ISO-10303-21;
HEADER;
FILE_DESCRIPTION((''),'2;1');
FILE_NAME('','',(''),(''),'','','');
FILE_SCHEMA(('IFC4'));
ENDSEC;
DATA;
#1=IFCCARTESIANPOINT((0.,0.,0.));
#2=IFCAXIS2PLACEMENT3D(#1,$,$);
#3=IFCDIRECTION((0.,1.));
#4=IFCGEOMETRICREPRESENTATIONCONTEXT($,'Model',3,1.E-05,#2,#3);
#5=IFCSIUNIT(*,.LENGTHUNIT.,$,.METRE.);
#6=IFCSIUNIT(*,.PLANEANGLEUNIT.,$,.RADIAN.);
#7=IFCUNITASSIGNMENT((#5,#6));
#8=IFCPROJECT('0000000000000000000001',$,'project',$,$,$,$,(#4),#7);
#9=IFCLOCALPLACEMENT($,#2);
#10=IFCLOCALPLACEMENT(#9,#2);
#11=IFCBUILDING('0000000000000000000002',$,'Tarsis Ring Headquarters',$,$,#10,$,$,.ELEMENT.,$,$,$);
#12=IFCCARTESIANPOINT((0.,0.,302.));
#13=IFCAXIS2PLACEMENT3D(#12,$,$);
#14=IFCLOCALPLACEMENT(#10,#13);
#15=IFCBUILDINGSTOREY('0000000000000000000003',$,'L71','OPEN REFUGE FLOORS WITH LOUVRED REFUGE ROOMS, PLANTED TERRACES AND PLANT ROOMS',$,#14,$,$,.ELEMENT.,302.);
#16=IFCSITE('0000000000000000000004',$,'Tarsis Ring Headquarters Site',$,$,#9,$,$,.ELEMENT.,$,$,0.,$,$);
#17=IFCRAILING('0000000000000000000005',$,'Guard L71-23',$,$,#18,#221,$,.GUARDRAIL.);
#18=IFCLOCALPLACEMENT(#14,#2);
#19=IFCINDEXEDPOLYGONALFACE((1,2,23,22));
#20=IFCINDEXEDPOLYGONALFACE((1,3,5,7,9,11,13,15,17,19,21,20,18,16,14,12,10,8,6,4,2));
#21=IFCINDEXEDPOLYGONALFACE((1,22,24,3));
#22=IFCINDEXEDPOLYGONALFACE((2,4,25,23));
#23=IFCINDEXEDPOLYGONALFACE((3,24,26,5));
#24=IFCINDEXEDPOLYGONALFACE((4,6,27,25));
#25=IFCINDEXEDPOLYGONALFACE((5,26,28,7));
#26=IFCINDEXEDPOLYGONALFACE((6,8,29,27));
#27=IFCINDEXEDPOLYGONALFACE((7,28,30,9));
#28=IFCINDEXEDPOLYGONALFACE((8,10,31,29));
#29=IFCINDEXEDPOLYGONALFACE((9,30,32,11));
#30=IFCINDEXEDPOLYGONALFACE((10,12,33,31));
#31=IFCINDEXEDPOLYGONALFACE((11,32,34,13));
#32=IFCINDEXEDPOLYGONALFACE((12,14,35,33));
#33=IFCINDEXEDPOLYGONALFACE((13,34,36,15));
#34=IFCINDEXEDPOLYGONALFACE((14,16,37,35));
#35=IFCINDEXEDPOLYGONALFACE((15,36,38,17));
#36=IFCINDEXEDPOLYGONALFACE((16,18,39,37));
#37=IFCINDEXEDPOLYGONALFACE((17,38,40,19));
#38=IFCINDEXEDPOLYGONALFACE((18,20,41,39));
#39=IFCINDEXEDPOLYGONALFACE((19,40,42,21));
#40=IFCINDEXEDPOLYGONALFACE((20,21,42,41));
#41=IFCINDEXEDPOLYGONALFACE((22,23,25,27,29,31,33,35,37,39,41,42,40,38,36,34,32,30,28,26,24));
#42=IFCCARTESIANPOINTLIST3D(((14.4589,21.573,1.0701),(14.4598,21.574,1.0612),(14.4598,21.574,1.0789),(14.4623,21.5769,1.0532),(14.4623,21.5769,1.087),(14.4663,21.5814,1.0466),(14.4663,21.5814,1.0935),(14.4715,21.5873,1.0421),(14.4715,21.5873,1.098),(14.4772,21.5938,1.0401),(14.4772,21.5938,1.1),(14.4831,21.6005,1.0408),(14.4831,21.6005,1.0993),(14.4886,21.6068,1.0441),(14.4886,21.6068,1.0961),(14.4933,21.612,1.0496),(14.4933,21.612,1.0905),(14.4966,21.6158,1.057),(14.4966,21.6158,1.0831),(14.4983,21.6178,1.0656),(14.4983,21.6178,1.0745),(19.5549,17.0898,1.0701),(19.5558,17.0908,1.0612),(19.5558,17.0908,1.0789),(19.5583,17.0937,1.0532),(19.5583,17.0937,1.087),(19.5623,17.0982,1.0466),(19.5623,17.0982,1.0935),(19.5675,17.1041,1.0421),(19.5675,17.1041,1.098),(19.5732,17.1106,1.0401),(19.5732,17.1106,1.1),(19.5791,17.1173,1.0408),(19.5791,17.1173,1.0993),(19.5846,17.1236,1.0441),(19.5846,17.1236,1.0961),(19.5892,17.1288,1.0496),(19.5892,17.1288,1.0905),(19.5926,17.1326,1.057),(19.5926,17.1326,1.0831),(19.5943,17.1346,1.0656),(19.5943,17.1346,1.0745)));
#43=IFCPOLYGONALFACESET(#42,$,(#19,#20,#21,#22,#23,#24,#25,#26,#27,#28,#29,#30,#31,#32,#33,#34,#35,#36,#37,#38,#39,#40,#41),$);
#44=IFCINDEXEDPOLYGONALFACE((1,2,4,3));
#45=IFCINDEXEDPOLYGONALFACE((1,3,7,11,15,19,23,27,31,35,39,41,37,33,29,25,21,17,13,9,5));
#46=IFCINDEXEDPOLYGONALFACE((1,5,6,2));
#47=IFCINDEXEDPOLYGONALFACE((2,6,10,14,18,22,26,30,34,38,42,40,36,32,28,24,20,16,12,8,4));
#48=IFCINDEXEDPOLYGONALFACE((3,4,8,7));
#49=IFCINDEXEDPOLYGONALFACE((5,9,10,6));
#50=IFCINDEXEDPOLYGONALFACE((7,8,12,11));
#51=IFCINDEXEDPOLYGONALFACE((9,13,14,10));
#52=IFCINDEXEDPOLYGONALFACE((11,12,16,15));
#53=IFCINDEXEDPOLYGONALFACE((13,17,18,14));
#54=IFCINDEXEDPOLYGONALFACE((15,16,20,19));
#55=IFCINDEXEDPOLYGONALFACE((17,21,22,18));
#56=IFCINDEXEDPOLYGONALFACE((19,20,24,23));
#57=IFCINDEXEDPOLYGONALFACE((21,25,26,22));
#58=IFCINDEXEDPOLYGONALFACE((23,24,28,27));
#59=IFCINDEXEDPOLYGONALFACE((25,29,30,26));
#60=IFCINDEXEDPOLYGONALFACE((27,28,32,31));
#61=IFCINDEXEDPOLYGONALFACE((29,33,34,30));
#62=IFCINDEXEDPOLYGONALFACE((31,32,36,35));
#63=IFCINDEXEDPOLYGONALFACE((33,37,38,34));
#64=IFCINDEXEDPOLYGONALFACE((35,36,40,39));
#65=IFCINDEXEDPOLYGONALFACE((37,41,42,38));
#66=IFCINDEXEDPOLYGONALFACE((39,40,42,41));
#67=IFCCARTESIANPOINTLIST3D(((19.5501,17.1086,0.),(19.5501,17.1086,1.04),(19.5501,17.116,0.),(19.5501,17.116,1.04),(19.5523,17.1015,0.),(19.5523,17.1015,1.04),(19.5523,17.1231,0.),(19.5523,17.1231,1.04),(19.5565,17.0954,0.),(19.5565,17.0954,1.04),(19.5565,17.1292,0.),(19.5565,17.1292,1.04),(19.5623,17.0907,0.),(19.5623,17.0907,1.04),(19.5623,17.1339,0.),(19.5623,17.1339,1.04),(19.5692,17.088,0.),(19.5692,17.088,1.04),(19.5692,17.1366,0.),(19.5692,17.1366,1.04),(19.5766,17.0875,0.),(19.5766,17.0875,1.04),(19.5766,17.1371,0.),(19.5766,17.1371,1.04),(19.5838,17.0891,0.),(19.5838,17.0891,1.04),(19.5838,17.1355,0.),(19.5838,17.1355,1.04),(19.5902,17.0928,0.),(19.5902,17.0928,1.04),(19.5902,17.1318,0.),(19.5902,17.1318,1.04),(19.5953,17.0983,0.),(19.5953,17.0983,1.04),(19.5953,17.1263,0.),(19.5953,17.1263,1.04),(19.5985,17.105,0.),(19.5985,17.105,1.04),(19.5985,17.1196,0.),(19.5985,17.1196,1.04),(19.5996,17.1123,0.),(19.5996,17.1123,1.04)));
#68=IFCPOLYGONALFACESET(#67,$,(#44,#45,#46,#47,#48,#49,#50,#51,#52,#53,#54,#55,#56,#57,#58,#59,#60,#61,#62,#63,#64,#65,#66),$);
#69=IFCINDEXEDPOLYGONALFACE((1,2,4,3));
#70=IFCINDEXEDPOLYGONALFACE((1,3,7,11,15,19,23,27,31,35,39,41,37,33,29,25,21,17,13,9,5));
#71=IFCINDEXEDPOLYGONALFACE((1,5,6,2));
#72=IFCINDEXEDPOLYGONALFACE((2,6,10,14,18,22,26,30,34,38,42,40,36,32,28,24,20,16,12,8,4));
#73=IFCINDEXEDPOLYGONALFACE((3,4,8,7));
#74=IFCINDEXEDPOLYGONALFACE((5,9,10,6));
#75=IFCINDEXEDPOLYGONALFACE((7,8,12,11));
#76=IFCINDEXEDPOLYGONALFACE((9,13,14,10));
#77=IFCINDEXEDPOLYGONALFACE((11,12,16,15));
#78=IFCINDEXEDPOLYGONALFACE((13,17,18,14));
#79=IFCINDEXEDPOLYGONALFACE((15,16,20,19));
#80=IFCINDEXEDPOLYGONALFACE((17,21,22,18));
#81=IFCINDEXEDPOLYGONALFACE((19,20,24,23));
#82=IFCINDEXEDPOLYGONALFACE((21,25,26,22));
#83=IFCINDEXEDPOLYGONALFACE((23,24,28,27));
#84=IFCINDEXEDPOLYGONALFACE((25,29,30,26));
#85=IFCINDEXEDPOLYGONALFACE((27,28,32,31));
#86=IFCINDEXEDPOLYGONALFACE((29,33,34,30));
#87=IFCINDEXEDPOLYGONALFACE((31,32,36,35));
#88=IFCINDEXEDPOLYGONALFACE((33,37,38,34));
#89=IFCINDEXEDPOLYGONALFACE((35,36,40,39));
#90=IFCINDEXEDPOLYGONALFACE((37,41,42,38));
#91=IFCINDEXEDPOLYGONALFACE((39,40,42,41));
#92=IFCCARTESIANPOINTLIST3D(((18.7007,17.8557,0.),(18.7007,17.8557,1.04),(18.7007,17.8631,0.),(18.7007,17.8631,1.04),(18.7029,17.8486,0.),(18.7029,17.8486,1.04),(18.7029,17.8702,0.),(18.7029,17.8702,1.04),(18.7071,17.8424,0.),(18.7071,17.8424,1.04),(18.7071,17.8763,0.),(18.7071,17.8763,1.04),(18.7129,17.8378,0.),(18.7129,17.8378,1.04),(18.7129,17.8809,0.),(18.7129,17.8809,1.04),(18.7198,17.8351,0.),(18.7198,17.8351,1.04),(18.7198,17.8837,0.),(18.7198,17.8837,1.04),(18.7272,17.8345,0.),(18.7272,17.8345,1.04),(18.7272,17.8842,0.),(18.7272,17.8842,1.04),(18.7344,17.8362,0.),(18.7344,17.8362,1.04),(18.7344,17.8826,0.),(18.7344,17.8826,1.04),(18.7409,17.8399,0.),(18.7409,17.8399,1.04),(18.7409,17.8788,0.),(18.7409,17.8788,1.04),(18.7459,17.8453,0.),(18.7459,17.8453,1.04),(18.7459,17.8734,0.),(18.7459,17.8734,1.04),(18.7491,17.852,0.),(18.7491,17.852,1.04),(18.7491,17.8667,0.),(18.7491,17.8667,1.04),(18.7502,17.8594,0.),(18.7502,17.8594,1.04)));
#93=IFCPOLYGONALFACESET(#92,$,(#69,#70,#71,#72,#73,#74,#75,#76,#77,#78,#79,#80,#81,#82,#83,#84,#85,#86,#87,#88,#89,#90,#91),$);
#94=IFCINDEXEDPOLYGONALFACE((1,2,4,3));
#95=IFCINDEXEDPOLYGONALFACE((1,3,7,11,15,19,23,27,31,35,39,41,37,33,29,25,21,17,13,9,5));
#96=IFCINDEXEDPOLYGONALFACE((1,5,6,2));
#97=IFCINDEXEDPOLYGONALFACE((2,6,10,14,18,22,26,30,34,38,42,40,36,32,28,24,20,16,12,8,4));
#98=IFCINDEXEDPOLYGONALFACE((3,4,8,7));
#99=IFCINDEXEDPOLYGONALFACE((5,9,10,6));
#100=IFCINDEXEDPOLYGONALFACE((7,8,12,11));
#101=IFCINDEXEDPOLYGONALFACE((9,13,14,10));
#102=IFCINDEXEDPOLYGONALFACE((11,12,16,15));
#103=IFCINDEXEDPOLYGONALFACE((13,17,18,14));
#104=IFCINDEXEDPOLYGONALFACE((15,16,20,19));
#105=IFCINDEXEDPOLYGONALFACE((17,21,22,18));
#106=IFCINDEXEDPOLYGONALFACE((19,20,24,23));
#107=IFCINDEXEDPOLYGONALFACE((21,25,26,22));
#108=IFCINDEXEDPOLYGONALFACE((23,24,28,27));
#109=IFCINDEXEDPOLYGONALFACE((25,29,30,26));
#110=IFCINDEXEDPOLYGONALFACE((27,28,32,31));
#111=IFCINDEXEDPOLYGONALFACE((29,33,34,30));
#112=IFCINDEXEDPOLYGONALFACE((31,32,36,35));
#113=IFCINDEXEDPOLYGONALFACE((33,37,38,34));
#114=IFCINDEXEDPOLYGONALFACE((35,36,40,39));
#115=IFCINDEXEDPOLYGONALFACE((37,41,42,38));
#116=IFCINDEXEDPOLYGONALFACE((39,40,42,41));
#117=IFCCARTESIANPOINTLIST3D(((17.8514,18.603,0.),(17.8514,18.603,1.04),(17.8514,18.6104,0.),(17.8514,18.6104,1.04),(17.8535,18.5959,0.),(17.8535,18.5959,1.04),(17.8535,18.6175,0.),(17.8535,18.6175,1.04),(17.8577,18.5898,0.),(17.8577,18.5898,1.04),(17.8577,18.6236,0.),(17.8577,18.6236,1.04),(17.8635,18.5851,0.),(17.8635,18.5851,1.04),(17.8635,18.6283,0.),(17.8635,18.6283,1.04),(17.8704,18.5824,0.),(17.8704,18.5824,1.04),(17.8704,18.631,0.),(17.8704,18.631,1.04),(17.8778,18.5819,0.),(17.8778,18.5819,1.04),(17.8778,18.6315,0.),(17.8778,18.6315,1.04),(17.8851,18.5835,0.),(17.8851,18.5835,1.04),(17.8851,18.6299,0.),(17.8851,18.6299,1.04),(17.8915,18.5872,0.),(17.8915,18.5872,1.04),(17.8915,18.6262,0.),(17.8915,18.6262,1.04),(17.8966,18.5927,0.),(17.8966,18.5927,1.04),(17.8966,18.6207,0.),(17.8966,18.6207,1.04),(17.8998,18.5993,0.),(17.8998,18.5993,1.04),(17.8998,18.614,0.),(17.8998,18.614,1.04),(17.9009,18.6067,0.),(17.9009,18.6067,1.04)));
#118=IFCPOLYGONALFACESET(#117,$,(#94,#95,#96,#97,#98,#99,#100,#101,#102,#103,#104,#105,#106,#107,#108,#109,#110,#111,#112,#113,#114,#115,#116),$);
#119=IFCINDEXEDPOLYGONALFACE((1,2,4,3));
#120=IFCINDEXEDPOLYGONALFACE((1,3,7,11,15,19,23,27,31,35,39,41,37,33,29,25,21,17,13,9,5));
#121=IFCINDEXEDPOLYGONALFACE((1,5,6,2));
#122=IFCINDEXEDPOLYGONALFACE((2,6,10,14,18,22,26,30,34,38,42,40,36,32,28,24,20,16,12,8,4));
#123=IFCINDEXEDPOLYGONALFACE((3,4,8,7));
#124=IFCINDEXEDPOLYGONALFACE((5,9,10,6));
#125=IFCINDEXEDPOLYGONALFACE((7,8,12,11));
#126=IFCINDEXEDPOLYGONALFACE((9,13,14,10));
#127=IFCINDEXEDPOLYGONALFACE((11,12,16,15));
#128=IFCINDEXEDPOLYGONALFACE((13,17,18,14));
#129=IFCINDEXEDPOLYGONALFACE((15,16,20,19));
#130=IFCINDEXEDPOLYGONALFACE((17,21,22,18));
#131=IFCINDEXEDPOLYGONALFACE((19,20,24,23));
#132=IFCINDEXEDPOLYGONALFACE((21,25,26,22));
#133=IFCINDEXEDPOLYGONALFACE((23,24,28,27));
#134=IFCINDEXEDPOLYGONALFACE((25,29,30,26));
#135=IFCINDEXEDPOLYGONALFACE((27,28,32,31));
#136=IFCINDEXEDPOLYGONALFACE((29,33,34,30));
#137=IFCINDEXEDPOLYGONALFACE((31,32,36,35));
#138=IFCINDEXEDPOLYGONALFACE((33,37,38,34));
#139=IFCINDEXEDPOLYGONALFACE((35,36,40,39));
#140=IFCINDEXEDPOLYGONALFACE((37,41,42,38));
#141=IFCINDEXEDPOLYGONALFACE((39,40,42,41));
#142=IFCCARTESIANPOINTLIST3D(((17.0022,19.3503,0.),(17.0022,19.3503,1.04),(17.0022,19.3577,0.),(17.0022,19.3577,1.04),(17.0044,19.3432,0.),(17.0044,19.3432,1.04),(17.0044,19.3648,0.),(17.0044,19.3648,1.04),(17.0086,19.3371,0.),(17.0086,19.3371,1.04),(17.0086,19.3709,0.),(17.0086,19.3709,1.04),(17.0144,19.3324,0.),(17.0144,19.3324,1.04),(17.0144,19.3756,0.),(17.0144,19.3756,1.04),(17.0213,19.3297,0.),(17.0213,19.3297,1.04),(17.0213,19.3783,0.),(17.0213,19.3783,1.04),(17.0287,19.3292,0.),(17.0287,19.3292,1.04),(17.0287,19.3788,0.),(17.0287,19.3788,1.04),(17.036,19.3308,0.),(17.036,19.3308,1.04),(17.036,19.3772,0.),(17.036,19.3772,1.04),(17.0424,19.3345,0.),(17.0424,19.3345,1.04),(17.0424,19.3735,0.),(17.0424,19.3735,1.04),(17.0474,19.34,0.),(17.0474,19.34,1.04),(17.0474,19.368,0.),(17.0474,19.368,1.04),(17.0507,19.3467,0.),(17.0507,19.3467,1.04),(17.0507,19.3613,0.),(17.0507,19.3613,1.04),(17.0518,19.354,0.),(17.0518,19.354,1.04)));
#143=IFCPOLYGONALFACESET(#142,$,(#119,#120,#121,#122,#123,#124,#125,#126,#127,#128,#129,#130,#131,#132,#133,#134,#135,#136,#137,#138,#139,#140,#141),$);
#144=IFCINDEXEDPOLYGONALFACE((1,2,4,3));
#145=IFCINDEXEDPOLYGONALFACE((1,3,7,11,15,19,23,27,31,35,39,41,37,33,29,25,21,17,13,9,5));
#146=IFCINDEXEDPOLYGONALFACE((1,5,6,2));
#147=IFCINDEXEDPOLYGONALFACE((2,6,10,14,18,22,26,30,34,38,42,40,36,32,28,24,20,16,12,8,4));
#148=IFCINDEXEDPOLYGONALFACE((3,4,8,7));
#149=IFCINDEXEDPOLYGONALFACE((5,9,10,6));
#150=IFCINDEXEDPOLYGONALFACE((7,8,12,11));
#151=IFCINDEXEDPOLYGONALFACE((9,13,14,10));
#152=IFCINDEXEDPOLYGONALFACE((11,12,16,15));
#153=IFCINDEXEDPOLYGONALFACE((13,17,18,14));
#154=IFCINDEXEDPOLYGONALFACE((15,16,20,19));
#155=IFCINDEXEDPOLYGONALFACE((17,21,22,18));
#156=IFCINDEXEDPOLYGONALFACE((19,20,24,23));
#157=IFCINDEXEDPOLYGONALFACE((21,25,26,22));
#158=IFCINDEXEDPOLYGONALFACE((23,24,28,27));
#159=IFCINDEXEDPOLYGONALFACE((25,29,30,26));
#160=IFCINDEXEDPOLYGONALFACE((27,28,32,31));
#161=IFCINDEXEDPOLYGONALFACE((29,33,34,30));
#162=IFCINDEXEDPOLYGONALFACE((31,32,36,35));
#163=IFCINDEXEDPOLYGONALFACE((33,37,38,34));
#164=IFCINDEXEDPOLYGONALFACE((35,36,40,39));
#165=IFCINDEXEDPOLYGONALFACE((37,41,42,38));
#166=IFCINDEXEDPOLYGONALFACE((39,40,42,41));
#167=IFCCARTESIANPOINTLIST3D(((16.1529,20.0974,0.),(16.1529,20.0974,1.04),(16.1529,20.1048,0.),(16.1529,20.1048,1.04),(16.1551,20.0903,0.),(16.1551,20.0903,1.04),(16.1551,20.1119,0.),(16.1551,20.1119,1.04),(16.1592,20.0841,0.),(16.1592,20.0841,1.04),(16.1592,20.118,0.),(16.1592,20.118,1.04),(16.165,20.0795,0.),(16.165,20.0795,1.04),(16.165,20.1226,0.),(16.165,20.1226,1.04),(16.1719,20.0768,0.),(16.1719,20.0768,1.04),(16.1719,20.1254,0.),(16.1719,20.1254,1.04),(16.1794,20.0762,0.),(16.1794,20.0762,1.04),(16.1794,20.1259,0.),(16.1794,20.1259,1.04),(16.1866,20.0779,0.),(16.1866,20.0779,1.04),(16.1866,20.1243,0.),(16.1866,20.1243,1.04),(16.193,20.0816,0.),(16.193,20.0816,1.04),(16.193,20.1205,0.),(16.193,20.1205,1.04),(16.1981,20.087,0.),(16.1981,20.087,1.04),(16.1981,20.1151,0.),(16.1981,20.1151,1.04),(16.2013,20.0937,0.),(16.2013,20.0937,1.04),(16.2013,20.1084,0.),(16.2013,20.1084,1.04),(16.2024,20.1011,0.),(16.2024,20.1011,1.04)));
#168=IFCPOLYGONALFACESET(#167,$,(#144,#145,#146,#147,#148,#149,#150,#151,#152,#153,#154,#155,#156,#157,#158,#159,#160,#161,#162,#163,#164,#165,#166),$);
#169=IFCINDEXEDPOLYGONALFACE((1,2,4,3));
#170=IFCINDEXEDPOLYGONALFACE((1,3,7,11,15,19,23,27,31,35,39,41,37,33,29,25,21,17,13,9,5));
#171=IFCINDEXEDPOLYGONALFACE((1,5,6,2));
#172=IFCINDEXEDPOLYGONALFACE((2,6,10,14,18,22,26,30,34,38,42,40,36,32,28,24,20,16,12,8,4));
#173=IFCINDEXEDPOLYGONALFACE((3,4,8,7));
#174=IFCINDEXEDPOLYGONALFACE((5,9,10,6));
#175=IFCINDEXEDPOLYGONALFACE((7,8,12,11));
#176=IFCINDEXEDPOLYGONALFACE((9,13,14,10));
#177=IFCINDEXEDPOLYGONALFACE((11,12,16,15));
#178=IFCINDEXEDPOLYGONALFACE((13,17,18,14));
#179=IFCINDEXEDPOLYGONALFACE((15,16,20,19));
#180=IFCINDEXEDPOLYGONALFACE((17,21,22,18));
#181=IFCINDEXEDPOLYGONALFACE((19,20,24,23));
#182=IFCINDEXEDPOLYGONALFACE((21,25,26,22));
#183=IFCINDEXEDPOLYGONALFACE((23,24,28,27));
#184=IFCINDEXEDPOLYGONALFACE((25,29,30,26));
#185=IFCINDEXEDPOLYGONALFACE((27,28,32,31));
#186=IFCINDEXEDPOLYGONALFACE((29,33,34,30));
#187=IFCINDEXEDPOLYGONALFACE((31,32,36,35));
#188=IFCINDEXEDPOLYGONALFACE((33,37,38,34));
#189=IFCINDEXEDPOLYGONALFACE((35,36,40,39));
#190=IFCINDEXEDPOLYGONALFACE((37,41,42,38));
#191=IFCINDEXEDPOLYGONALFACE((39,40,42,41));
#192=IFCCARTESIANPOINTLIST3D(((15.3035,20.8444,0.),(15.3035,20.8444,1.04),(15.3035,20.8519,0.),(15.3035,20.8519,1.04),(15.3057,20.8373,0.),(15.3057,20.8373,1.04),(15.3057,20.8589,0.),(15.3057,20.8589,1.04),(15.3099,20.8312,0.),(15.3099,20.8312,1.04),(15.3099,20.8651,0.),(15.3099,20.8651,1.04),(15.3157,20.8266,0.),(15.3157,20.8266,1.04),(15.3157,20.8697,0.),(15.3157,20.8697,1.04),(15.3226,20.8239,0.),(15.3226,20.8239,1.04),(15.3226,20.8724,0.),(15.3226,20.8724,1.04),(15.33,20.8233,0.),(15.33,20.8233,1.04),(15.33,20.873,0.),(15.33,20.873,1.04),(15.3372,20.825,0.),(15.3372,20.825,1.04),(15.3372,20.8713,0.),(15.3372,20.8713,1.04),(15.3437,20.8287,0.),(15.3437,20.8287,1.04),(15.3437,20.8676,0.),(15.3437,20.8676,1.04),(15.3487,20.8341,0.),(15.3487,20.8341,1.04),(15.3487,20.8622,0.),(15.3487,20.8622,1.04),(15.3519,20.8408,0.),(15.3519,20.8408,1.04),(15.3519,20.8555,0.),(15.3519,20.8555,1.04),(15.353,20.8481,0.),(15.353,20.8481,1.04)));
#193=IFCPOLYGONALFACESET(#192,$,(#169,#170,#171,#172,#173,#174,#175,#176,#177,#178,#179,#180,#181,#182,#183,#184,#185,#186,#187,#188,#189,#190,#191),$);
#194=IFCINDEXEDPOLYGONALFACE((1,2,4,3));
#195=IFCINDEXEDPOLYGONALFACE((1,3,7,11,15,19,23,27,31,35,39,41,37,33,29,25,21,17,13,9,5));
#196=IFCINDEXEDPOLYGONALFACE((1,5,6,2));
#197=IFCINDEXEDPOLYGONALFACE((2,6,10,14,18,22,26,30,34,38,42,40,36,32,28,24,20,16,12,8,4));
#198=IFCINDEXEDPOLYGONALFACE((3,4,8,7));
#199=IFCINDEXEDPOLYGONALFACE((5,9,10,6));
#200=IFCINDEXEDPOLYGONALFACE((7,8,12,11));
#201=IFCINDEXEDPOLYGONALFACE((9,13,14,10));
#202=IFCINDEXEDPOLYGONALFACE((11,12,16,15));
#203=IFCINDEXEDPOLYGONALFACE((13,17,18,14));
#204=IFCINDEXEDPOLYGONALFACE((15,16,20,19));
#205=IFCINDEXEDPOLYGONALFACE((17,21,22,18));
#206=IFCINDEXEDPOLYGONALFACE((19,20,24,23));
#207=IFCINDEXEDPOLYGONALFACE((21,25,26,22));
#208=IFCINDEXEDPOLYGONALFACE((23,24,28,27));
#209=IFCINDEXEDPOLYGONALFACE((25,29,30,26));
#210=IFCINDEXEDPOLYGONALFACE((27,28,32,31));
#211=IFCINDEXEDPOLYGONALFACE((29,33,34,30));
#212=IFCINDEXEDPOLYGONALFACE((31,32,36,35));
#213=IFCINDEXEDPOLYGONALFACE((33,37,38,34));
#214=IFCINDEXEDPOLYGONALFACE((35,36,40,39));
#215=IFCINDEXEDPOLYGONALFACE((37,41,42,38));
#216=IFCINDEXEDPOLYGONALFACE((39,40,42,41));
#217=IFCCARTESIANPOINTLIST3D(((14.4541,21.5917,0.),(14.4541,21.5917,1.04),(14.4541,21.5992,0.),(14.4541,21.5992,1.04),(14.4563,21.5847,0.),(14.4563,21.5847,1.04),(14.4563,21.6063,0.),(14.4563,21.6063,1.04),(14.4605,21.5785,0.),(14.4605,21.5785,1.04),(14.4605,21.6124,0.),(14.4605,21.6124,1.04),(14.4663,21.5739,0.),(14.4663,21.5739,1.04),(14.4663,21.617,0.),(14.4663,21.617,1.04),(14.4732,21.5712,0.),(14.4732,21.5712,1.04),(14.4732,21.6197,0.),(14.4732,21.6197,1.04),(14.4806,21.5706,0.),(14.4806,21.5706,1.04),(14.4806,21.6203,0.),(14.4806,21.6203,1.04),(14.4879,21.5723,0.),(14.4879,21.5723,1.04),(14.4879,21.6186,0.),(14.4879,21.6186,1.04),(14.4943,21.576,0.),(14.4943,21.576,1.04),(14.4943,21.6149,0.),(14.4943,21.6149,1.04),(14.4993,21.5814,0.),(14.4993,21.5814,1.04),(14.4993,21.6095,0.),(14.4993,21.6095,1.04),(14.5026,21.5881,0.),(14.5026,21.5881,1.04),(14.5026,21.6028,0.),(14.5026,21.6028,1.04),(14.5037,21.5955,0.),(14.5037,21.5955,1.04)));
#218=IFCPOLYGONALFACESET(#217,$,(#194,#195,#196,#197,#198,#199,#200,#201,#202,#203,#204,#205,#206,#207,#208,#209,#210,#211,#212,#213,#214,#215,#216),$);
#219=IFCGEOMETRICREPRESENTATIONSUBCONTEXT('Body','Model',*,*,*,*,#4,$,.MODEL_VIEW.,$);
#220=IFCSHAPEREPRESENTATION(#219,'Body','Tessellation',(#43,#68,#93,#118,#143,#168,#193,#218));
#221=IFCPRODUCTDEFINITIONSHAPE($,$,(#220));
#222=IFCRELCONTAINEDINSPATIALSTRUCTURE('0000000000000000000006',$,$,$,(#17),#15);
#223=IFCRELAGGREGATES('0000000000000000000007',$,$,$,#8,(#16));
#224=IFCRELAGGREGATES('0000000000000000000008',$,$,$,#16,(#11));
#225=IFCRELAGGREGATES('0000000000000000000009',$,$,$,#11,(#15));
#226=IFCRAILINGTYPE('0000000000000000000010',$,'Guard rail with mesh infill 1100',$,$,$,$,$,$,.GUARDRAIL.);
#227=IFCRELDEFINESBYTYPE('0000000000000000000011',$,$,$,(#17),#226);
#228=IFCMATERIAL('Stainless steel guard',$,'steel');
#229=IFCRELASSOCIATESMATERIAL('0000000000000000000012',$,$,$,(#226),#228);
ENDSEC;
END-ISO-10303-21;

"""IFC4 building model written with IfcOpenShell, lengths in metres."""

from ifc_helpers import new_model, si_unit, direction, frame, origin, origin_2d, place, context, subcontext, project, spatial, circle, extrude, material, type_object, element, save


model = new_model("IFC4")

# Units and contexts
model_context = context("Model", 3, precision=1e-05, world=origin(), true_north=direction((0.0, 1.0)))
body_context = subcontext(model_context, "Body", "Model", "MODEL_VIEW")
ifc_project = project(units=[si_unit("LENGTHUNIT", "METRE"), si_unit("PLANEANGLEUNIT", "RADIAN")], contexts=[model_context])

# Site, building, storey
site_placement = place(None, origin())
site = spatial("IfcSite", under=ifc_project, at=site_placement, Name="Tarsis Ring Headquarters Site", CompositionType="ELEMENT", RefElevation=0.0)
building_placement = place(site_placement, origin())
building = spatial("IfcBuilding", under=site, at=building_placement, Name="Tarsis Ring Headquarters", CompositionType="ELEMENT")
storey_placement = place(building_placement, frame((0.0, 0.0, 302.0)))
storey = spatial("IfcBuildingStorey", under=building, at=storey_placement, Name="L71", Description="OPEN REFUGE FLOORS WITH LOUVRED REFUGE ROOMS, PLANTED TERRACES AND PLANT ROOMS", CompositionType="ELEMENT", Elevation=302.0)

# Railing
ifc_material_1 = material(Name="Stainless steel guard", Category="steel")
railing_type = type_object("IfcRailingType", Name="Guard rail with mesh infill 1100", PredefinedType="GUARDRAIL", material=ifc_material_1)
railing_1_placement = place(storey_placement, frame((19.5747, 17.1123, 0.0)))
element("IfcRailing", 1, at=railing_1_placement, inside=storey, type_object=railing_type, Name="Guard L71-23", PredefinedType="GUARDRAIL", context=body_context, shape_type="SweptSolid", body=[
    extrude(circle(Radius=0.03, at=origin_2d()), frame((0.0, 0.0, 1.0701), z_axis=(-0.750807, 0.660522, 0.0), x_axis=(-0.660522, -0.750807, 0.0)), (0.0, 0.0, 1.0), 6.7874),
    extrude(circle(Radius=0.0249, at=origin_2d()), origin(), (0.0, 0.0, 1.0), 1.04),
    extrude(circle(Radius=0.0249, at=origin_2d()), frame((-0.8494, 0.7471, 0.0)), (0.0, 0.0, 1.0), 1.04),
    extrude(circle(Radius=0.0249, at=origin_2d()), frame((-1.6987, 1.4944, 0.0)), (0.0, 0.0, 1.0), 1.04),
    extrude(circle(Radius=0.0249, at=origin_2d()), frame((-2.5479, 2.2417, 0.0)), (0.0, 0.0, 1.0), 1.04),
    extrude(circle(Radius=0.0249, at=origin_2d()), frame((-3.3972, 2.9888, 0.0)), (0.0, 0.0, 1.0), 1.04),
    extrude(circle(Radius=0.0249, at=origin_2d()), frame((-4.2466, 3.7358, 0.0)), (0.0, 0.0, 1.0), 1.04),
    extrude(circle(Radius=0.0249, at=origin_2d()), frame((-5.0959, 4.4832, 0.0)), (0.0, 0.0, 1.0), 1.04),
])

save(model, "model.ifc")
